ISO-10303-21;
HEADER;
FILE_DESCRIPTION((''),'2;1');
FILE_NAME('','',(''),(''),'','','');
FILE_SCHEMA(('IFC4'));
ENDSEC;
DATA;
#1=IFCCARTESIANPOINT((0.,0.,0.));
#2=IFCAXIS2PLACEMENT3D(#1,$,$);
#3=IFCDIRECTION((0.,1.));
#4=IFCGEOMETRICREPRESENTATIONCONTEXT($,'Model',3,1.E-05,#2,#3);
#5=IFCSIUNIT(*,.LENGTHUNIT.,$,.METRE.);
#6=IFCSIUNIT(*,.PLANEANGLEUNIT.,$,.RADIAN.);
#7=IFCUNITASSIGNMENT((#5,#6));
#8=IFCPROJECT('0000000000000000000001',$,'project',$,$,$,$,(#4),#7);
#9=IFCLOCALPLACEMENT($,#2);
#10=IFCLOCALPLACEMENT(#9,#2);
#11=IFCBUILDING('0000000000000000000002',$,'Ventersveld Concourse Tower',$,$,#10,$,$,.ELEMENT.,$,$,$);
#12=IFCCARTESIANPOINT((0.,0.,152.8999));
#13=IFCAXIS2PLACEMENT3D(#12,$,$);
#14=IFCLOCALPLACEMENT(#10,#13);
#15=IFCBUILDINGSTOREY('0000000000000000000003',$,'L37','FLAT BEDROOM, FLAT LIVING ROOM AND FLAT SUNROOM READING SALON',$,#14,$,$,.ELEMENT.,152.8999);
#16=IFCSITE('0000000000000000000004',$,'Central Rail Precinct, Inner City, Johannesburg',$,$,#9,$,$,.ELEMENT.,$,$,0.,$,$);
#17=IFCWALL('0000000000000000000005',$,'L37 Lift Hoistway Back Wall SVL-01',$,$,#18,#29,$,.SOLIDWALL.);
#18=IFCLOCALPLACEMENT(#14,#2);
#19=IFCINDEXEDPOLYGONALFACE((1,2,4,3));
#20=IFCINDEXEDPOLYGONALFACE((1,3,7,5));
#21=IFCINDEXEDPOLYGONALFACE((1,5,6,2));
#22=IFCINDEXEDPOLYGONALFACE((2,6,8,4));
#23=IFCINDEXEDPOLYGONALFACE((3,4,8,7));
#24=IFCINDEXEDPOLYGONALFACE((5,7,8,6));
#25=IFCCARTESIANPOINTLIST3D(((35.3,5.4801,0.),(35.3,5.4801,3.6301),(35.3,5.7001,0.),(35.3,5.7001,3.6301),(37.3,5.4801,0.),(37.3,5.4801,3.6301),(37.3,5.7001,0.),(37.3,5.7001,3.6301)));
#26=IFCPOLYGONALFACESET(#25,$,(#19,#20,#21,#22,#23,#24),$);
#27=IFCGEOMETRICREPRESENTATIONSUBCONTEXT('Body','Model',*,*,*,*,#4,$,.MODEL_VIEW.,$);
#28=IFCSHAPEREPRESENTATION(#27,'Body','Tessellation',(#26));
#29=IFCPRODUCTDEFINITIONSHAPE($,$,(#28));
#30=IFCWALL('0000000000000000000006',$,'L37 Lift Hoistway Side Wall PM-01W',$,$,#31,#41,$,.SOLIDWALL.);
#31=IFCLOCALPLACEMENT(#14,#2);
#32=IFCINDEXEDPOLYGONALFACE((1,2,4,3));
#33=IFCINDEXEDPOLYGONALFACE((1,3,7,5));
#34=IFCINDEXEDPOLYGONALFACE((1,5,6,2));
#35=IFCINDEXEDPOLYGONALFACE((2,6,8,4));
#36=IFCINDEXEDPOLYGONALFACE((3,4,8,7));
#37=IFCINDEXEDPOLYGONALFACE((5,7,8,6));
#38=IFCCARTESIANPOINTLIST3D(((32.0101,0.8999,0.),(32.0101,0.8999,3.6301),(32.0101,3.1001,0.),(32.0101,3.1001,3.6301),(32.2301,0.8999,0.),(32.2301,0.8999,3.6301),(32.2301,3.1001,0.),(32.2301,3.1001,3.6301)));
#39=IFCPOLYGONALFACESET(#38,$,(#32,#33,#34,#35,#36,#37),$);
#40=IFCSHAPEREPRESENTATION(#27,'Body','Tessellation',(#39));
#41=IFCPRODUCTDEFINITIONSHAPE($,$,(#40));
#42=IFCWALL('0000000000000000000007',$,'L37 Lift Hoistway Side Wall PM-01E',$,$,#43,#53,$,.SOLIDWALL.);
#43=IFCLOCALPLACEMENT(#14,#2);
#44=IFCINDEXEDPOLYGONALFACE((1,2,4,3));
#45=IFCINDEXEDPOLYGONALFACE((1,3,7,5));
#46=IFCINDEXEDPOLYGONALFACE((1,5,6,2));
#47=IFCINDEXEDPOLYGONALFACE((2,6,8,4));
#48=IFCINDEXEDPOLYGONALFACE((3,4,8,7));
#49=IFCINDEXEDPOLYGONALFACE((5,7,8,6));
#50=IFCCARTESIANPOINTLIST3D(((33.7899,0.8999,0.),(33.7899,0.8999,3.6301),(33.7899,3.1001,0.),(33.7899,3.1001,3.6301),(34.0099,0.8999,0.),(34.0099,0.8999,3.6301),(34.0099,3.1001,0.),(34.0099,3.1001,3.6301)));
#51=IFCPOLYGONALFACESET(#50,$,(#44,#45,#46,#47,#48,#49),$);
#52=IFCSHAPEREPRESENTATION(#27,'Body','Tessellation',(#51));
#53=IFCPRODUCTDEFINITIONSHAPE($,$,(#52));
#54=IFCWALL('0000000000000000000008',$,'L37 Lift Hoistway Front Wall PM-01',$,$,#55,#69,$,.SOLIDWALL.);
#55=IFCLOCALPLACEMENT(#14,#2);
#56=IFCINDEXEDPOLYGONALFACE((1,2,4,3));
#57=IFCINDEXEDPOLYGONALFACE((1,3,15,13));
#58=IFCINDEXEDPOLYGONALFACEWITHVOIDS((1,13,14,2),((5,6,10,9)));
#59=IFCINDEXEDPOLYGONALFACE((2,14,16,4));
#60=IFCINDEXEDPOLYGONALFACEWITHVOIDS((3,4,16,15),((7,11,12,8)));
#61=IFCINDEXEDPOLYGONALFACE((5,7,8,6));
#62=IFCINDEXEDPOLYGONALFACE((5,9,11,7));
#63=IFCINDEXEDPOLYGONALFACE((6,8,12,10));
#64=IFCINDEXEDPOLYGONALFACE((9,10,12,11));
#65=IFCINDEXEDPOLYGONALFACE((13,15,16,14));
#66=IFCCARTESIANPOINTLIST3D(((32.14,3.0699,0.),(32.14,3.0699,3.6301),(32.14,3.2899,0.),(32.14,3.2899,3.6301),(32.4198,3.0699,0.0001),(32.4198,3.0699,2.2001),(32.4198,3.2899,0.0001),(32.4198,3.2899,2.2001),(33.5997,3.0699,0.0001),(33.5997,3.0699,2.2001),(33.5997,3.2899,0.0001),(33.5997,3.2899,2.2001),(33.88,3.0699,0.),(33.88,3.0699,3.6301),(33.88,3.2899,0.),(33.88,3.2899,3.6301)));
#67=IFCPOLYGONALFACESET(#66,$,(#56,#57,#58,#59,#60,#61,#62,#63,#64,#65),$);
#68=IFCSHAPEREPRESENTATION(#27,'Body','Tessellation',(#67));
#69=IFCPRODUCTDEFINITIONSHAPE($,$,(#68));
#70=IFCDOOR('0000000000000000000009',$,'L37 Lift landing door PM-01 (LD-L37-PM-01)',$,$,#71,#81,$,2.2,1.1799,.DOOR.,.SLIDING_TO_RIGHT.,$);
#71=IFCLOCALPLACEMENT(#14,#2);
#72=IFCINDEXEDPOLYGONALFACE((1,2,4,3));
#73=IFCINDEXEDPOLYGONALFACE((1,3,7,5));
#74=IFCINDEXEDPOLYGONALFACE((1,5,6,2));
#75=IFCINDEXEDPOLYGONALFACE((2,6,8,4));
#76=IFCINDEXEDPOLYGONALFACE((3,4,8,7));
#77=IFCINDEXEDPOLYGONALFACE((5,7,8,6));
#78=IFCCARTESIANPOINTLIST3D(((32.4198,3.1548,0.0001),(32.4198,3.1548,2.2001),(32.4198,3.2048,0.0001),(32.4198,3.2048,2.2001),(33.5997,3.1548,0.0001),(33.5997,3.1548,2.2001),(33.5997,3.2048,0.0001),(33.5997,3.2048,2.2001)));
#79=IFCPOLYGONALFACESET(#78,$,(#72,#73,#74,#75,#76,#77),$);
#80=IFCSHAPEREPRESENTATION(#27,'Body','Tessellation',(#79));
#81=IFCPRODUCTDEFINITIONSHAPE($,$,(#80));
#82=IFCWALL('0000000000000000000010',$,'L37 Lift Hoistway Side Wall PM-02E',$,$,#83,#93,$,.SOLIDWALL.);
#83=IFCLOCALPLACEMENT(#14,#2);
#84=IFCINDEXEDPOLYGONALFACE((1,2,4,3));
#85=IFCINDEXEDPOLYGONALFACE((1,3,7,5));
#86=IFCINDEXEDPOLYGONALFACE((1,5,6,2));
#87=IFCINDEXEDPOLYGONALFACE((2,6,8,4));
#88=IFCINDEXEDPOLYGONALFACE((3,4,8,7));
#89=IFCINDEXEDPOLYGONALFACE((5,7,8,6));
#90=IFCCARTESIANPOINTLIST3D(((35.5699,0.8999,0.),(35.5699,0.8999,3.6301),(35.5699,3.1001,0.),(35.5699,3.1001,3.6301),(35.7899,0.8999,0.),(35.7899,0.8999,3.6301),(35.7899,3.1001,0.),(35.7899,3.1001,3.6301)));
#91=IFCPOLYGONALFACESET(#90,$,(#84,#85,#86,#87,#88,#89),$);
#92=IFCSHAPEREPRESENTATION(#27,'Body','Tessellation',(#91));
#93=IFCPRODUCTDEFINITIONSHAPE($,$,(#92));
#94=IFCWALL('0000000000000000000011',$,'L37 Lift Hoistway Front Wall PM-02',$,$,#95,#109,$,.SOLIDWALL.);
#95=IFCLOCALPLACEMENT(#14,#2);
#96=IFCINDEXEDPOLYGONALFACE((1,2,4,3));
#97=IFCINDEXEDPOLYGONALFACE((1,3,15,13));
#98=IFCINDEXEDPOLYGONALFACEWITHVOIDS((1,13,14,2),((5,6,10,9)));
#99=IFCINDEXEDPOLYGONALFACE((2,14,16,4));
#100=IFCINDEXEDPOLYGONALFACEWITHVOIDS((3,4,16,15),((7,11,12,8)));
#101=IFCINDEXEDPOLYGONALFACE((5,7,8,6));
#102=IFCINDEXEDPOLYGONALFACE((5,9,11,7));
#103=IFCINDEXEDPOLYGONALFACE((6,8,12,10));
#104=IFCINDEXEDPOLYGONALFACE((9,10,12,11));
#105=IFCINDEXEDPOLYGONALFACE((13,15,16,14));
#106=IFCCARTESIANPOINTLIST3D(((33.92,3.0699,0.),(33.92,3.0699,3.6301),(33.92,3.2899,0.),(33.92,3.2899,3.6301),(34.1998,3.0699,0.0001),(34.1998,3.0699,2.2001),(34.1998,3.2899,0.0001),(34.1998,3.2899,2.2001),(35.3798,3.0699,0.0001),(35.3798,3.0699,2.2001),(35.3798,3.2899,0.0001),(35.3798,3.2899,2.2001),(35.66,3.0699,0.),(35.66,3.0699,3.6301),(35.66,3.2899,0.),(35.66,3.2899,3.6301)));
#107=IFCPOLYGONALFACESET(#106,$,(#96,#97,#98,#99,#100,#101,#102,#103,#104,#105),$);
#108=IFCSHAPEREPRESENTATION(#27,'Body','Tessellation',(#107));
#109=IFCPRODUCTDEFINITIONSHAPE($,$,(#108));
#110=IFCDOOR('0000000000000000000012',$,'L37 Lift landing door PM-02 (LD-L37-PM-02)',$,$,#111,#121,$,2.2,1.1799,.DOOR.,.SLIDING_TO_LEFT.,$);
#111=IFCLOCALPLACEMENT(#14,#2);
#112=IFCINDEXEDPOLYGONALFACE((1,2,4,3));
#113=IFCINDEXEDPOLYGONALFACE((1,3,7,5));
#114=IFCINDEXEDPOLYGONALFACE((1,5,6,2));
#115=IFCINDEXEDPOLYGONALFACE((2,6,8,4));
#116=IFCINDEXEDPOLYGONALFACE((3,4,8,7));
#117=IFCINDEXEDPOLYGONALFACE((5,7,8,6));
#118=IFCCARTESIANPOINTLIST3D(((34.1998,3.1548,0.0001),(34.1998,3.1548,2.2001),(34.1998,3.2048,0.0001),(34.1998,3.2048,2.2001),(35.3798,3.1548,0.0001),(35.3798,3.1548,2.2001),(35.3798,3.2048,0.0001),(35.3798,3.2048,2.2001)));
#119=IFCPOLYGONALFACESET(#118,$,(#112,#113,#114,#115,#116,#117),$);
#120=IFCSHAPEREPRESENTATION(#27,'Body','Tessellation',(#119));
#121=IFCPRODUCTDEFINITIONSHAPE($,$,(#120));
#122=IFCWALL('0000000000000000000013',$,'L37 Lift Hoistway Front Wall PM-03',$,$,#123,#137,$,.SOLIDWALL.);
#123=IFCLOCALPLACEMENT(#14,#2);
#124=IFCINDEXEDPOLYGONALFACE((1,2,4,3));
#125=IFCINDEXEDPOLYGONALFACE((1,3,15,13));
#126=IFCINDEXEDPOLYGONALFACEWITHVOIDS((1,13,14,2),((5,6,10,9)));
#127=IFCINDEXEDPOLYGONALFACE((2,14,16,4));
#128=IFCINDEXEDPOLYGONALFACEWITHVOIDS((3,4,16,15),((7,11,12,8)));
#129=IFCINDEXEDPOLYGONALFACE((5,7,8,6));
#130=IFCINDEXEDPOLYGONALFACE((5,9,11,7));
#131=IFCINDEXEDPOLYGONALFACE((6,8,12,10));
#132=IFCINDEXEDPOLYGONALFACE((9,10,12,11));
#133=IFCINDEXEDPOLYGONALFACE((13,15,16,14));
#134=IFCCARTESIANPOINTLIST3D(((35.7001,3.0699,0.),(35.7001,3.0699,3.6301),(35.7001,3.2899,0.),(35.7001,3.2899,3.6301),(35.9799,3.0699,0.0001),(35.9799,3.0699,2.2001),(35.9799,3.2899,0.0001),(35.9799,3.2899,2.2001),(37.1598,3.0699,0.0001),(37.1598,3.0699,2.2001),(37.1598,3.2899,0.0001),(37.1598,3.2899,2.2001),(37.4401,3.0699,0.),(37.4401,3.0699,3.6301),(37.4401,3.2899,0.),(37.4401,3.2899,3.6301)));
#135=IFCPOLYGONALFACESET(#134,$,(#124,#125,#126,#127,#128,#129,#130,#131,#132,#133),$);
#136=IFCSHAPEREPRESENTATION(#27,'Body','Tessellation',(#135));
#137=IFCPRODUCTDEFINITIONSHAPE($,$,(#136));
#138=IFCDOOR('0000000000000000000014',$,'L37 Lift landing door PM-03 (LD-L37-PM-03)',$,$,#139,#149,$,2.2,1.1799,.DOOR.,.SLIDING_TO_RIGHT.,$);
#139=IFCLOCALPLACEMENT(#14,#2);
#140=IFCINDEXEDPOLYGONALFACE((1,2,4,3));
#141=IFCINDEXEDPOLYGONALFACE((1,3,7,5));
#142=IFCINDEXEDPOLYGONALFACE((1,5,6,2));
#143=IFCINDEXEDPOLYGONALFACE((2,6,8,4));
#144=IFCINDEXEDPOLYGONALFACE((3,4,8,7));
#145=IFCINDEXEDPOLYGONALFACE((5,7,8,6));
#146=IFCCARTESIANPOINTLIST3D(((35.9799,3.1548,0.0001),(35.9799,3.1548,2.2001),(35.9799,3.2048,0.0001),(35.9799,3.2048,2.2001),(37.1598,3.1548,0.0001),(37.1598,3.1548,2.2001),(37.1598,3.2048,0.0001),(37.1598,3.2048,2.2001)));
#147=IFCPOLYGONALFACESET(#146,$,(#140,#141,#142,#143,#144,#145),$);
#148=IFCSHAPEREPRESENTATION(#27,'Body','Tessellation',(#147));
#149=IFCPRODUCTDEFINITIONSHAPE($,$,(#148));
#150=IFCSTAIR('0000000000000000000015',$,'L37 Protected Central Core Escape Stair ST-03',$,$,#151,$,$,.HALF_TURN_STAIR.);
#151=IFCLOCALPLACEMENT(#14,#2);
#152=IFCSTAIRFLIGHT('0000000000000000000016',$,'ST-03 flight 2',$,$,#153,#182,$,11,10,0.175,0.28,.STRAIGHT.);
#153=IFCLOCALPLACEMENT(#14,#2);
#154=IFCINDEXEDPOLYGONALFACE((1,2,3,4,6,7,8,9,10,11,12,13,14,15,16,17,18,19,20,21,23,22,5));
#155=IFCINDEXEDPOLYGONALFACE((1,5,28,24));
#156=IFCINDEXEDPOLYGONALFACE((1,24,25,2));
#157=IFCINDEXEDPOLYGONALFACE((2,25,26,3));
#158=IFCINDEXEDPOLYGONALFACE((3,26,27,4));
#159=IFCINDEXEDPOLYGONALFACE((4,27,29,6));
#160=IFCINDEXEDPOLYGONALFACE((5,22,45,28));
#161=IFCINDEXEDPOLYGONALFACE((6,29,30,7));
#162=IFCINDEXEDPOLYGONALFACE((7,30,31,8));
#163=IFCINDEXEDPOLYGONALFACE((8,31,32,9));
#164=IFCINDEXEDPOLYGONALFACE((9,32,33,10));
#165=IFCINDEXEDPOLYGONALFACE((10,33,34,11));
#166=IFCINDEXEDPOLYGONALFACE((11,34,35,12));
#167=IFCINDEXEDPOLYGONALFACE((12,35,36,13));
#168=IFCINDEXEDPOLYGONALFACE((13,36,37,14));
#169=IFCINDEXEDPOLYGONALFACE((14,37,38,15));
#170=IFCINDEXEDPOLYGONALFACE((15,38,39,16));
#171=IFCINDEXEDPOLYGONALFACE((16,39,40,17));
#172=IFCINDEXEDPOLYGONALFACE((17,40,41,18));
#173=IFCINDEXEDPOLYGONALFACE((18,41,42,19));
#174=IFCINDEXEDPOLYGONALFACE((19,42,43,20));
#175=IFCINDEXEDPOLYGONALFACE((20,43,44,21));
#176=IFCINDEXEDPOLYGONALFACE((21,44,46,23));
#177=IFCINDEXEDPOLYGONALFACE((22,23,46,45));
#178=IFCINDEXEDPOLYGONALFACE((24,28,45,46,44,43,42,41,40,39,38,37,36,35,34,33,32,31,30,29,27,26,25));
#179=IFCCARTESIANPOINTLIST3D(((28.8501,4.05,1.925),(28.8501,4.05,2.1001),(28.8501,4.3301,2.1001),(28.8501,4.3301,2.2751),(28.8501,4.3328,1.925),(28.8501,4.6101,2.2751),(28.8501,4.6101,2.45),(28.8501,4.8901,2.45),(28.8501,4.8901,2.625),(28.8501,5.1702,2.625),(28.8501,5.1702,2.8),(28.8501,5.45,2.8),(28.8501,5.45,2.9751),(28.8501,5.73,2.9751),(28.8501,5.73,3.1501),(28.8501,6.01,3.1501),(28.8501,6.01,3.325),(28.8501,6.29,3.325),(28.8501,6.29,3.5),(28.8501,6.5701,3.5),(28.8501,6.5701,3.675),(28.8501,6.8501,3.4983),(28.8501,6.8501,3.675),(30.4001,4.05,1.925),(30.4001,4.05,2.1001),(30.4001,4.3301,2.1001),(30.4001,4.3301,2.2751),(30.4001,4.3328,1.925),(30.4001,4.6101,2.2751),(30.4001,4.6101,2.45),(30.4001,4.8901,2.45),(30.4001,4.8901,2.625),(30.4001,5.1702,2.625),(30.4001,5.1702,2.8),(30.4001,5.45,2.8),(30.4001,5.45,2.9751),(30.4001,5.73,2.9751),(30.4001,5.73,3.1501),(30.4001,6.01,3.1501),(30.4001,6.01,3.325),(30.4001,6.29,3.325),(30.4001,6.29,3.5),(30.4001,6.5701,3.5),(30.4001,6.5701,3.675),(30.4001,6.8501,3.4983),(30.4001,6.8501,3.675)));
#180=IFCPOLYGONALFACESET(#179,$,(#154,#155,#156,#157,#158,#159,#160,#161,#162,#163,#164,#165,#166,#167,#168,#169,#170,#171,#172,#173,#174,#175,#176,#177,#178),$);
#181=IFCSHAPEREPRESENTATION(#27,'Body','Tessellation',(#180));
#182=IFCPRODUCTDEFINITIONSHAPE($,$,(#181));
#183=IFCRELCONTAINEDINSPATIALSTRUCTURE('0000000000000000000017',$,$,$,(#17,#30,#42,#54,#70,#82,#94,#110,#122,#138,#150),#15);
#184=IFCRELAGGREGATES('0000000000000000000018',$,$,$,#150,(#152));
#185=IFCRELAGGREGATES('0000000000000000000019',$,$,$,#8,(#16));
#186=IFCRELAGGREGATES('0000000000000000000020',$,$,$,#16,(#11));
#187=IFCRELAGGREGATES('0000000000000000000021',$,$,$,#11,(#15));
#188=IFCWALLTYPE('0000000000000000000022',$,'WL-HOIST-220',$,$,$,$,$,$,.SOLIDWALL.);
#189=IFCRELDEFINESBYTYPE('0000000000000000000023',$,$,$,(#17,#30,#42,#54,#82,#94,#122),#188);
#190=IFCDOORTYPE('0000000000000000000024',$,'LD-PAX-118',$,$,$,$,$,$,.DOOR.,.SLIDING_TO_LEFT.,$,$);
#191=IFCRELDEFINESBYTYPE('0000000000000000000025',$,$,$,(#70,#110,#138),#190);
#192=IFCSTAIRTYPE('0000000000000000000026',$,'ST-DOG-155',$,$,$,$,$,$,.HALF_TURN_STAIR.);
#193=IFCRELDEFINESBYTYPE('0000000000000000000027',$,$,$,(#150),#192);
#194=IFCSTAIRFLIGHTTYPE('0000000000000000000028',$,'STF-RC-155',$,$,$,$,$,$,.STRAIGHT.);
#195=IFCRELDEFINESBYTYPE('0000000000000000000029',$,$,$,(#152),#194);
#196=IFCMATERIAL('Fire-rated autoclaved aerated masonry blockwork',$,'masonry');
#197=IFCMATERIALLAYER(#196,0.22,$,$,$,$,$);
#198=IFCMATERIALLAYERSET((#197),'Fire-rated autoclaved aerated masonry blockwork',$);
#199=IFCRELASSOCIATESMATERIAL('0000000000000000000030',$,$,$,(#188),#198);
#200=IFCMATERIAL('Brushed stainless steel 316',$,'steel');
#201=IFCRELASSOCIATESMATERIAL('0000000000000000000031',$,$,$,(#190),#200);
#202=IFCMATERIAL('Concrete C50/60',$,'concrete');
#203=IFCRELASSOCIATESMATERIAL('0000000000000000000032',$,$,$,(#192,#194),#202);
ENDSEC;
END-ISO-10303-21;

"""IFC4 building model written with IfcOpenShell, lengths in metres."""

from ifc_helpers import new_model, si_unit, direction, frame, frame_2d, origin, place, context, subcontext, project, spatial, polyline, rectangle, outline, extrude, material, layer, layer_set, type_object, element, fill, aggregate, save


model = new_model("IFC4")

# Units and contexts
model_context = context("Model", 3, precision=1e-05, world=origin(), true_north=direction((0.0, 1.0)))
body_context = subcontext(model_context, "Body", "Model", "MODEL_VIEW")
ifc_project = project(units=[si_unit("LENGTHUNIT", "METRE"), si_unit("PLANEANGLEUNIT", "RADIAN")], contexts=[model_context])

# Site, building, storey
site_placement = place(None, origin())
site = spatial("IfcSite", under=ifc_project, at=site_placement, Name="Central Rail Precinct, Inner City, Johannesburg", CompositionType="ELEMENT", RefElevation=0.0)
building_placement = place(site_placement, origin())
building = spatial("IfcBuilding", under=site, at=building_placement, Name="Ventersveld Concourse Tower", CompositionType="ELEMENT")
storey_placement = place(building_placement, frame((0.0, 0.0, 152.8999)))
storey = spatial("IfcBuildingStorey", under=building, at=storey_placement, Name="L37", Description="FLAT BEDROOM, FLAT LIVING ROOM AND FLAT SUNROOM READING SALON", CompositionType="ELEMENT", Elevation=152.8999)

# Shared definitions
ifc_material_1 = material(Name="Concrete C50/60", Category="concrete")

# Walls
ifc_material_2 = material(Name="Fire-rated autoclaved aerated masonry blockwork", Category="masonry")
ifc_layer_1 = layer(ifc_material_2, 0.22)
ifc_layer_set_1 = layer_set([ifc_layer_1], Name="Fire-rated autoclaved aerated masonry blockwork")
wall_type_1 = type_object("IfcWallType", Name="WL-HOIST-220", PredefinedType="SOLIDWALL", material=ifc_layer_set_1)
wall_1_placement = place(storey_placement, frame((35.3, 5.5901, 0.0), z_axis=(0.0, 0.0, 1.0), x_axis=(1.0, 0.0, 0.0)))
element("IfcWall", 1, at=wall_1_placement, inside=storey, type_object=wall_type_1, Name="L37 Lift Hoistway Back Wall SVL-01", PredefinedType="SOLIDWALL", context=body_context, shape_type="SweptSolid", body=[
    extrude(rectangle(XDim=2.0, YDim=0.22, at=frame_2d((1.0, 0.0))), origin(), (0.0, 0.0, 1.0), 3.6301),
])
for number, where, z_axis, x_axis, name in (
    (2, (32.1201, 0.8999, 0.0), (0.0, 0.0, 1.0), (0.0, 1.0, 0.0), "L37 Lift Hoistway Side Wall PM-01W"),
    (3, (33.8999, 0.8999, 0.0), (0.0, 0.0, 1.0), (0.0, 1.0, 0.0), "L37 Lift Hoistway Side Wall PM-01E"),
):
    element("IfcWall", number, at=place(storey_placement, frame(where, z_axis=z_axis, x_axis=x_axis)), inside=storey, type_object=wall_type_1, Name=name, PredefinedType="SOLIDWALL", context=body_context, shape_type="SweptSolid", body=[
        extrude(rectangle(XDim=2.2002, YDim=0.22, at=frame_2d((1.1001, 0.0))), origin(), (0.0, 0.0, 1.0), 3.6301),
    ])

# Wall, opening, door
wall_2_placement = place(storey_placement, frame((32.1399, 3.1799, 0.0), z_axis=(0.0, 0.0, 1.0), x_axis=(1.0, 0.0, 0.0)))
wall_2 = element("IfcWall", 4, at=wall_2_placement, inside=storey, type_object=wall_type_1, Name="L37 Lift Hoistway Front Wall PM-01", PredefinedType="SOLIDWALL", context=body_context, shape_type="SweptSolid", body=[
    extrude(rectangle(XDim=1.74, YDim=0.22, at=frame_2d((0.8701, 0.0))), origin(), (0.0, 0.0, 1.0), 3.6301),
])
opening_1_placement = place(wall_2_placement, frame((0.28, 0.0, 0.0)))
opening_1 = element("IfcOpeningElement", 5, at=opening_1_placement, cuts=wall_2, PredefinedType="OPENING", context=body_context, shape_type="SweptSolid", body=[
    extrude(rectangle(XDim=1.1799, YDim=2.2, at=frame_2d((0.5898, 1.1001))), frame((0.0, 0.1201, 0.0), z_axis=(0.0, -1.0, 0.0), x_axis=(1.0, 0.0, 0.0)), (0.0, 0.0, 1.0), 0.24),
])
ifc_material_3 = material(Name="Brushed stainless steel 316", Category="steel")
door_type = type_object("IfcDoorType", Name="LD-PAX-118", OperationType="SLIDING_TO_LEFT", PredefinedType="DOOR", material=ifc_material_3)
door_1_placement = place(opening_1_placement, origin())
door_1 = element("IfcDoor", 6, at=door_1_placement, inside=storey, type_object=door_type, Name="L37 Lift landing door PM-01 (LD-L37-PM-01)", OperationType="SLIDING_TO_RIGHT", OverallHeight=2.2, OverallWidth=1.1799, PredefinedType="DOOR", context=body_context, shape_type="SweptSolid", body=[
    extrude(rectangle(XDim=1.1799, YDim=2.2, at=frame_2d((0.5898, 1.1001))), frame((0.0, 0.0249, 0.0), z_axis=(0.0, -1.0, 0.0), x_axis=(1.0, 0.0, 0.0)), (0.0, 0.0, 1.0), 0.05),
])
fill(opening_1, door_1)

# Wall
wall_3_placement = place(storey_placement, frame((35.6799, 0.8999, 0.0), z_axis=(0.0, 0.0, 1.0), x_axis=(0.0, 1.0, 0.0)))
element("IfcWall", 7, at=wall_3_placement, inside=storey, type_object=wall_type_1, Name="L37 Lift Hoistway Side Wall PM-02E", PredefinedType="SOLIDWALL", context=body_context, shape_type="SweptSolid", body=[
    extrude(rectangle(XDim=2.2002, YDim=0.22, at=frame_2d((1.1001, 0.0))), origin(), (0.0, 0.0, 1.0), 3.6301),
])

# Walls, openings, doors
wall_4_placement = place(storey_placement, frame((33.9199, 3.1799, 0.0), z_axis=(0.0, 0.0, 1.0), x_axis=(1.0, 0.0, 0.0)))
wall_4 = element("IfcWall", 8, at=wall_4_placement, inside=storey, type_object=wall_type_1, Name="L37 Lift Hoistway Front Wall PM-02", PredefinedType="SOLIDWALL", context=body_context, shape_type="SweptSolid", body=[
    extrude(rectangle(XDim=1.74, YDim=0.22, at=frame_2d((0.8701, 0.0))), origin(), (0.0, 0.0, 1.0), 3.6301),
])
opening_2_placement = place(wall_4_placement, frame((0.28, 0.0, 0.0)))
opening_2 = element("IfcOpeningElement", 9, at=opening_2_placement, cuts=wall_4, PredefinedType="OPENING", context=body_context, shape_type="SweptSolid", body=[
    extrude(rectangle(XDim=1.1799, YDim=2.2, at=frame_2d((0.5898, 1.1001))), frame((0.0, 0.1201, 0.0), z_axis=(0.0, -1.0, 0.0), x_axis=(1.0, 0.0, 0.0)), (0.0, 0.0, 1.0), 0.24),
])
door_2_placement = place(opening_2_placement, origin())
door_2 = element("IfcDoor", 10, at=door_2_placement, inside=storey, type_object=door_type, Name="L37 Lift landing door PM-02 (LD-L37-PM-02)", OperationType="SLIDING_TO_LEFT", OverallHeight=2.2, OverallWidth=1.1799, PredefinedType="DOOR", context=body_context, shape_type="SweptSolid", body=[
    extrude(rectangle(XDim=1.1799, YDim=2.2, at=frame_2d((0.5898, 1.1001))), frame((0.0, 0.0249, 0.0), z_axis=(0.0, -1.0, 0.0), x_axis=(1.0, 0.0, 0.0)), (0.0, 0.0, 1.0), 0.05),
])
fill(opening_2, door_2)
wall_5_placement = place(storey_placement, frame((35.7, 3.1799, 0.0), z_axis=(0.0, 0.0, 1.0), x_axis=(1.0, 0.0, 0.0)))
wall_5 = element("IfcWall", 11, at=wall_5_placement, inside=storey, type_object=wall_type_1, Name="L37 Lift Hoistway Front Wall PM-03", PredefinedType="SOLIDWALL", context=body_context, shape_type="SweptSolid", body=[
    extrude(rectangle(XDim=1.74, YDim=0.22, at=frame_2d((0.8701, 0.0))), origin(), (0.0, 0.0, 1.0), 3.6301),
])
opening_3_placement = place(wall_5_placement, frame((0.28, 0.0, 0.0)))
opening_3 = element("IfcOpeningElement", 12, at=opening_3_placement, cuts=wall_5, PredefinedType="OPENING", context=body_context, shape_type="SweptSolid", body=[
    extrude(rectangle(XDim=1.1799, YDim=2.2, at=frame_2d((0.5898, 1.1001))), frame((0.0, 0.1201, 0.0), z_axis=(0.0, -1.0, 0.0), x_axis=(1.0, 0.0, 0.0)), (0.0, 0.0, 1.0), 0.24),
])
door_3_placement = place(opening_3_placement, origin())
door_3 = element("IfcDoor", 13, at=door_3_placement, inside=storey, type_object=door_type, Name="L37 Lift landing door PM-03 (LD-L37-PM-03)", OperationType="SLIDING_TO_RIGHT", OverallHeight=2.2, OverallWidth=1.1799, PredefinedType="DOOR", context=body_context, shape_type="SweptSolid", body=[
    extrude(rectangle(XDim=1.1799, YDim=2.2, at=frame_2d((0.5898, 1.1001))), frame((0.0, 0.0249, 0.0), z_axis=(0.0, -1.0, 0.0), x_axis=(1.0, 0.0, 0.0)), (0.0, 0.0, 1.0), 0.05),
])
fill(opening_3, door_3)

# Stair, stair flight
stair_type = type_object("IfcStairType", Name="ST-DOG-155", PredefinedType="HALF_TURN_STAIR", material=ifc_material_1)
stair_placement = place(storey_placement, origin())
stair = element("IfcStair", 14, at=stair_placement, inside=storey, type_object=stair_type, Name="L37 Protected Central Core Escape Stair ST-03", PredefinedType="HALF_TURN_STAIR")
stair_flight_type = type_object("IfcStairFlightType", Name="STF-RC-155", PredefinedType="STRAIGHT", material=ifc_material_1)
stair_flight_placement = place(storey_placement, frame((29.625, 4.05, 1.925), z_axis=(0.0, 0.0, 1.0), x_axis=(0.0, 1.0, 0.0)))
stair_flight = element("IfcStairFlight", 15, at=stair_flight_placement, type_object=stair_flight_type, Name="ST-03 flight 2", NumberOfRisers=11, NumberOfTreads=10, PredefinedType="STRAIGHT", RiserHeight=0.175, TreadLength=0.28, context=body_context, shape_type="SweptSolid", body=[
    extrude(outline(polyline([(0.0, 0.0), (0.0, 0.175), (0.28, 0.175), (0.28, 0.3501), (0.5601, 0.3501), (0.5601, 0.5249), (0.8401, 0.5249), (0.8401, 0.7), (1.1201, 0.7), (1.1201, 0.875), (1.3999, 0.875), (1.3999, 1.05), (1.6799, 1.05), (1.6799, 1.2251), (1.96, 1.2251), (1.96, 1.3999), (2.24, 1.3999), (2.24, 1.575), (2.52, 1.575), (2.52, 1.75), (2.8, 1.75), (2.8, 1.925), (2.8, 1.5732), (0.2827, 0.0), (0.0, 0.0)])), frame((0.0, 0.7749, 0.0), z_axis=(0.0, -1.0, 0.0), x_axis=(1.0, 0.0, 0.0)), (0.0, 0.0, 1.0), 1.55),
])
aggregate(stair, [stair_flight])

save(model, "model.ifc")
